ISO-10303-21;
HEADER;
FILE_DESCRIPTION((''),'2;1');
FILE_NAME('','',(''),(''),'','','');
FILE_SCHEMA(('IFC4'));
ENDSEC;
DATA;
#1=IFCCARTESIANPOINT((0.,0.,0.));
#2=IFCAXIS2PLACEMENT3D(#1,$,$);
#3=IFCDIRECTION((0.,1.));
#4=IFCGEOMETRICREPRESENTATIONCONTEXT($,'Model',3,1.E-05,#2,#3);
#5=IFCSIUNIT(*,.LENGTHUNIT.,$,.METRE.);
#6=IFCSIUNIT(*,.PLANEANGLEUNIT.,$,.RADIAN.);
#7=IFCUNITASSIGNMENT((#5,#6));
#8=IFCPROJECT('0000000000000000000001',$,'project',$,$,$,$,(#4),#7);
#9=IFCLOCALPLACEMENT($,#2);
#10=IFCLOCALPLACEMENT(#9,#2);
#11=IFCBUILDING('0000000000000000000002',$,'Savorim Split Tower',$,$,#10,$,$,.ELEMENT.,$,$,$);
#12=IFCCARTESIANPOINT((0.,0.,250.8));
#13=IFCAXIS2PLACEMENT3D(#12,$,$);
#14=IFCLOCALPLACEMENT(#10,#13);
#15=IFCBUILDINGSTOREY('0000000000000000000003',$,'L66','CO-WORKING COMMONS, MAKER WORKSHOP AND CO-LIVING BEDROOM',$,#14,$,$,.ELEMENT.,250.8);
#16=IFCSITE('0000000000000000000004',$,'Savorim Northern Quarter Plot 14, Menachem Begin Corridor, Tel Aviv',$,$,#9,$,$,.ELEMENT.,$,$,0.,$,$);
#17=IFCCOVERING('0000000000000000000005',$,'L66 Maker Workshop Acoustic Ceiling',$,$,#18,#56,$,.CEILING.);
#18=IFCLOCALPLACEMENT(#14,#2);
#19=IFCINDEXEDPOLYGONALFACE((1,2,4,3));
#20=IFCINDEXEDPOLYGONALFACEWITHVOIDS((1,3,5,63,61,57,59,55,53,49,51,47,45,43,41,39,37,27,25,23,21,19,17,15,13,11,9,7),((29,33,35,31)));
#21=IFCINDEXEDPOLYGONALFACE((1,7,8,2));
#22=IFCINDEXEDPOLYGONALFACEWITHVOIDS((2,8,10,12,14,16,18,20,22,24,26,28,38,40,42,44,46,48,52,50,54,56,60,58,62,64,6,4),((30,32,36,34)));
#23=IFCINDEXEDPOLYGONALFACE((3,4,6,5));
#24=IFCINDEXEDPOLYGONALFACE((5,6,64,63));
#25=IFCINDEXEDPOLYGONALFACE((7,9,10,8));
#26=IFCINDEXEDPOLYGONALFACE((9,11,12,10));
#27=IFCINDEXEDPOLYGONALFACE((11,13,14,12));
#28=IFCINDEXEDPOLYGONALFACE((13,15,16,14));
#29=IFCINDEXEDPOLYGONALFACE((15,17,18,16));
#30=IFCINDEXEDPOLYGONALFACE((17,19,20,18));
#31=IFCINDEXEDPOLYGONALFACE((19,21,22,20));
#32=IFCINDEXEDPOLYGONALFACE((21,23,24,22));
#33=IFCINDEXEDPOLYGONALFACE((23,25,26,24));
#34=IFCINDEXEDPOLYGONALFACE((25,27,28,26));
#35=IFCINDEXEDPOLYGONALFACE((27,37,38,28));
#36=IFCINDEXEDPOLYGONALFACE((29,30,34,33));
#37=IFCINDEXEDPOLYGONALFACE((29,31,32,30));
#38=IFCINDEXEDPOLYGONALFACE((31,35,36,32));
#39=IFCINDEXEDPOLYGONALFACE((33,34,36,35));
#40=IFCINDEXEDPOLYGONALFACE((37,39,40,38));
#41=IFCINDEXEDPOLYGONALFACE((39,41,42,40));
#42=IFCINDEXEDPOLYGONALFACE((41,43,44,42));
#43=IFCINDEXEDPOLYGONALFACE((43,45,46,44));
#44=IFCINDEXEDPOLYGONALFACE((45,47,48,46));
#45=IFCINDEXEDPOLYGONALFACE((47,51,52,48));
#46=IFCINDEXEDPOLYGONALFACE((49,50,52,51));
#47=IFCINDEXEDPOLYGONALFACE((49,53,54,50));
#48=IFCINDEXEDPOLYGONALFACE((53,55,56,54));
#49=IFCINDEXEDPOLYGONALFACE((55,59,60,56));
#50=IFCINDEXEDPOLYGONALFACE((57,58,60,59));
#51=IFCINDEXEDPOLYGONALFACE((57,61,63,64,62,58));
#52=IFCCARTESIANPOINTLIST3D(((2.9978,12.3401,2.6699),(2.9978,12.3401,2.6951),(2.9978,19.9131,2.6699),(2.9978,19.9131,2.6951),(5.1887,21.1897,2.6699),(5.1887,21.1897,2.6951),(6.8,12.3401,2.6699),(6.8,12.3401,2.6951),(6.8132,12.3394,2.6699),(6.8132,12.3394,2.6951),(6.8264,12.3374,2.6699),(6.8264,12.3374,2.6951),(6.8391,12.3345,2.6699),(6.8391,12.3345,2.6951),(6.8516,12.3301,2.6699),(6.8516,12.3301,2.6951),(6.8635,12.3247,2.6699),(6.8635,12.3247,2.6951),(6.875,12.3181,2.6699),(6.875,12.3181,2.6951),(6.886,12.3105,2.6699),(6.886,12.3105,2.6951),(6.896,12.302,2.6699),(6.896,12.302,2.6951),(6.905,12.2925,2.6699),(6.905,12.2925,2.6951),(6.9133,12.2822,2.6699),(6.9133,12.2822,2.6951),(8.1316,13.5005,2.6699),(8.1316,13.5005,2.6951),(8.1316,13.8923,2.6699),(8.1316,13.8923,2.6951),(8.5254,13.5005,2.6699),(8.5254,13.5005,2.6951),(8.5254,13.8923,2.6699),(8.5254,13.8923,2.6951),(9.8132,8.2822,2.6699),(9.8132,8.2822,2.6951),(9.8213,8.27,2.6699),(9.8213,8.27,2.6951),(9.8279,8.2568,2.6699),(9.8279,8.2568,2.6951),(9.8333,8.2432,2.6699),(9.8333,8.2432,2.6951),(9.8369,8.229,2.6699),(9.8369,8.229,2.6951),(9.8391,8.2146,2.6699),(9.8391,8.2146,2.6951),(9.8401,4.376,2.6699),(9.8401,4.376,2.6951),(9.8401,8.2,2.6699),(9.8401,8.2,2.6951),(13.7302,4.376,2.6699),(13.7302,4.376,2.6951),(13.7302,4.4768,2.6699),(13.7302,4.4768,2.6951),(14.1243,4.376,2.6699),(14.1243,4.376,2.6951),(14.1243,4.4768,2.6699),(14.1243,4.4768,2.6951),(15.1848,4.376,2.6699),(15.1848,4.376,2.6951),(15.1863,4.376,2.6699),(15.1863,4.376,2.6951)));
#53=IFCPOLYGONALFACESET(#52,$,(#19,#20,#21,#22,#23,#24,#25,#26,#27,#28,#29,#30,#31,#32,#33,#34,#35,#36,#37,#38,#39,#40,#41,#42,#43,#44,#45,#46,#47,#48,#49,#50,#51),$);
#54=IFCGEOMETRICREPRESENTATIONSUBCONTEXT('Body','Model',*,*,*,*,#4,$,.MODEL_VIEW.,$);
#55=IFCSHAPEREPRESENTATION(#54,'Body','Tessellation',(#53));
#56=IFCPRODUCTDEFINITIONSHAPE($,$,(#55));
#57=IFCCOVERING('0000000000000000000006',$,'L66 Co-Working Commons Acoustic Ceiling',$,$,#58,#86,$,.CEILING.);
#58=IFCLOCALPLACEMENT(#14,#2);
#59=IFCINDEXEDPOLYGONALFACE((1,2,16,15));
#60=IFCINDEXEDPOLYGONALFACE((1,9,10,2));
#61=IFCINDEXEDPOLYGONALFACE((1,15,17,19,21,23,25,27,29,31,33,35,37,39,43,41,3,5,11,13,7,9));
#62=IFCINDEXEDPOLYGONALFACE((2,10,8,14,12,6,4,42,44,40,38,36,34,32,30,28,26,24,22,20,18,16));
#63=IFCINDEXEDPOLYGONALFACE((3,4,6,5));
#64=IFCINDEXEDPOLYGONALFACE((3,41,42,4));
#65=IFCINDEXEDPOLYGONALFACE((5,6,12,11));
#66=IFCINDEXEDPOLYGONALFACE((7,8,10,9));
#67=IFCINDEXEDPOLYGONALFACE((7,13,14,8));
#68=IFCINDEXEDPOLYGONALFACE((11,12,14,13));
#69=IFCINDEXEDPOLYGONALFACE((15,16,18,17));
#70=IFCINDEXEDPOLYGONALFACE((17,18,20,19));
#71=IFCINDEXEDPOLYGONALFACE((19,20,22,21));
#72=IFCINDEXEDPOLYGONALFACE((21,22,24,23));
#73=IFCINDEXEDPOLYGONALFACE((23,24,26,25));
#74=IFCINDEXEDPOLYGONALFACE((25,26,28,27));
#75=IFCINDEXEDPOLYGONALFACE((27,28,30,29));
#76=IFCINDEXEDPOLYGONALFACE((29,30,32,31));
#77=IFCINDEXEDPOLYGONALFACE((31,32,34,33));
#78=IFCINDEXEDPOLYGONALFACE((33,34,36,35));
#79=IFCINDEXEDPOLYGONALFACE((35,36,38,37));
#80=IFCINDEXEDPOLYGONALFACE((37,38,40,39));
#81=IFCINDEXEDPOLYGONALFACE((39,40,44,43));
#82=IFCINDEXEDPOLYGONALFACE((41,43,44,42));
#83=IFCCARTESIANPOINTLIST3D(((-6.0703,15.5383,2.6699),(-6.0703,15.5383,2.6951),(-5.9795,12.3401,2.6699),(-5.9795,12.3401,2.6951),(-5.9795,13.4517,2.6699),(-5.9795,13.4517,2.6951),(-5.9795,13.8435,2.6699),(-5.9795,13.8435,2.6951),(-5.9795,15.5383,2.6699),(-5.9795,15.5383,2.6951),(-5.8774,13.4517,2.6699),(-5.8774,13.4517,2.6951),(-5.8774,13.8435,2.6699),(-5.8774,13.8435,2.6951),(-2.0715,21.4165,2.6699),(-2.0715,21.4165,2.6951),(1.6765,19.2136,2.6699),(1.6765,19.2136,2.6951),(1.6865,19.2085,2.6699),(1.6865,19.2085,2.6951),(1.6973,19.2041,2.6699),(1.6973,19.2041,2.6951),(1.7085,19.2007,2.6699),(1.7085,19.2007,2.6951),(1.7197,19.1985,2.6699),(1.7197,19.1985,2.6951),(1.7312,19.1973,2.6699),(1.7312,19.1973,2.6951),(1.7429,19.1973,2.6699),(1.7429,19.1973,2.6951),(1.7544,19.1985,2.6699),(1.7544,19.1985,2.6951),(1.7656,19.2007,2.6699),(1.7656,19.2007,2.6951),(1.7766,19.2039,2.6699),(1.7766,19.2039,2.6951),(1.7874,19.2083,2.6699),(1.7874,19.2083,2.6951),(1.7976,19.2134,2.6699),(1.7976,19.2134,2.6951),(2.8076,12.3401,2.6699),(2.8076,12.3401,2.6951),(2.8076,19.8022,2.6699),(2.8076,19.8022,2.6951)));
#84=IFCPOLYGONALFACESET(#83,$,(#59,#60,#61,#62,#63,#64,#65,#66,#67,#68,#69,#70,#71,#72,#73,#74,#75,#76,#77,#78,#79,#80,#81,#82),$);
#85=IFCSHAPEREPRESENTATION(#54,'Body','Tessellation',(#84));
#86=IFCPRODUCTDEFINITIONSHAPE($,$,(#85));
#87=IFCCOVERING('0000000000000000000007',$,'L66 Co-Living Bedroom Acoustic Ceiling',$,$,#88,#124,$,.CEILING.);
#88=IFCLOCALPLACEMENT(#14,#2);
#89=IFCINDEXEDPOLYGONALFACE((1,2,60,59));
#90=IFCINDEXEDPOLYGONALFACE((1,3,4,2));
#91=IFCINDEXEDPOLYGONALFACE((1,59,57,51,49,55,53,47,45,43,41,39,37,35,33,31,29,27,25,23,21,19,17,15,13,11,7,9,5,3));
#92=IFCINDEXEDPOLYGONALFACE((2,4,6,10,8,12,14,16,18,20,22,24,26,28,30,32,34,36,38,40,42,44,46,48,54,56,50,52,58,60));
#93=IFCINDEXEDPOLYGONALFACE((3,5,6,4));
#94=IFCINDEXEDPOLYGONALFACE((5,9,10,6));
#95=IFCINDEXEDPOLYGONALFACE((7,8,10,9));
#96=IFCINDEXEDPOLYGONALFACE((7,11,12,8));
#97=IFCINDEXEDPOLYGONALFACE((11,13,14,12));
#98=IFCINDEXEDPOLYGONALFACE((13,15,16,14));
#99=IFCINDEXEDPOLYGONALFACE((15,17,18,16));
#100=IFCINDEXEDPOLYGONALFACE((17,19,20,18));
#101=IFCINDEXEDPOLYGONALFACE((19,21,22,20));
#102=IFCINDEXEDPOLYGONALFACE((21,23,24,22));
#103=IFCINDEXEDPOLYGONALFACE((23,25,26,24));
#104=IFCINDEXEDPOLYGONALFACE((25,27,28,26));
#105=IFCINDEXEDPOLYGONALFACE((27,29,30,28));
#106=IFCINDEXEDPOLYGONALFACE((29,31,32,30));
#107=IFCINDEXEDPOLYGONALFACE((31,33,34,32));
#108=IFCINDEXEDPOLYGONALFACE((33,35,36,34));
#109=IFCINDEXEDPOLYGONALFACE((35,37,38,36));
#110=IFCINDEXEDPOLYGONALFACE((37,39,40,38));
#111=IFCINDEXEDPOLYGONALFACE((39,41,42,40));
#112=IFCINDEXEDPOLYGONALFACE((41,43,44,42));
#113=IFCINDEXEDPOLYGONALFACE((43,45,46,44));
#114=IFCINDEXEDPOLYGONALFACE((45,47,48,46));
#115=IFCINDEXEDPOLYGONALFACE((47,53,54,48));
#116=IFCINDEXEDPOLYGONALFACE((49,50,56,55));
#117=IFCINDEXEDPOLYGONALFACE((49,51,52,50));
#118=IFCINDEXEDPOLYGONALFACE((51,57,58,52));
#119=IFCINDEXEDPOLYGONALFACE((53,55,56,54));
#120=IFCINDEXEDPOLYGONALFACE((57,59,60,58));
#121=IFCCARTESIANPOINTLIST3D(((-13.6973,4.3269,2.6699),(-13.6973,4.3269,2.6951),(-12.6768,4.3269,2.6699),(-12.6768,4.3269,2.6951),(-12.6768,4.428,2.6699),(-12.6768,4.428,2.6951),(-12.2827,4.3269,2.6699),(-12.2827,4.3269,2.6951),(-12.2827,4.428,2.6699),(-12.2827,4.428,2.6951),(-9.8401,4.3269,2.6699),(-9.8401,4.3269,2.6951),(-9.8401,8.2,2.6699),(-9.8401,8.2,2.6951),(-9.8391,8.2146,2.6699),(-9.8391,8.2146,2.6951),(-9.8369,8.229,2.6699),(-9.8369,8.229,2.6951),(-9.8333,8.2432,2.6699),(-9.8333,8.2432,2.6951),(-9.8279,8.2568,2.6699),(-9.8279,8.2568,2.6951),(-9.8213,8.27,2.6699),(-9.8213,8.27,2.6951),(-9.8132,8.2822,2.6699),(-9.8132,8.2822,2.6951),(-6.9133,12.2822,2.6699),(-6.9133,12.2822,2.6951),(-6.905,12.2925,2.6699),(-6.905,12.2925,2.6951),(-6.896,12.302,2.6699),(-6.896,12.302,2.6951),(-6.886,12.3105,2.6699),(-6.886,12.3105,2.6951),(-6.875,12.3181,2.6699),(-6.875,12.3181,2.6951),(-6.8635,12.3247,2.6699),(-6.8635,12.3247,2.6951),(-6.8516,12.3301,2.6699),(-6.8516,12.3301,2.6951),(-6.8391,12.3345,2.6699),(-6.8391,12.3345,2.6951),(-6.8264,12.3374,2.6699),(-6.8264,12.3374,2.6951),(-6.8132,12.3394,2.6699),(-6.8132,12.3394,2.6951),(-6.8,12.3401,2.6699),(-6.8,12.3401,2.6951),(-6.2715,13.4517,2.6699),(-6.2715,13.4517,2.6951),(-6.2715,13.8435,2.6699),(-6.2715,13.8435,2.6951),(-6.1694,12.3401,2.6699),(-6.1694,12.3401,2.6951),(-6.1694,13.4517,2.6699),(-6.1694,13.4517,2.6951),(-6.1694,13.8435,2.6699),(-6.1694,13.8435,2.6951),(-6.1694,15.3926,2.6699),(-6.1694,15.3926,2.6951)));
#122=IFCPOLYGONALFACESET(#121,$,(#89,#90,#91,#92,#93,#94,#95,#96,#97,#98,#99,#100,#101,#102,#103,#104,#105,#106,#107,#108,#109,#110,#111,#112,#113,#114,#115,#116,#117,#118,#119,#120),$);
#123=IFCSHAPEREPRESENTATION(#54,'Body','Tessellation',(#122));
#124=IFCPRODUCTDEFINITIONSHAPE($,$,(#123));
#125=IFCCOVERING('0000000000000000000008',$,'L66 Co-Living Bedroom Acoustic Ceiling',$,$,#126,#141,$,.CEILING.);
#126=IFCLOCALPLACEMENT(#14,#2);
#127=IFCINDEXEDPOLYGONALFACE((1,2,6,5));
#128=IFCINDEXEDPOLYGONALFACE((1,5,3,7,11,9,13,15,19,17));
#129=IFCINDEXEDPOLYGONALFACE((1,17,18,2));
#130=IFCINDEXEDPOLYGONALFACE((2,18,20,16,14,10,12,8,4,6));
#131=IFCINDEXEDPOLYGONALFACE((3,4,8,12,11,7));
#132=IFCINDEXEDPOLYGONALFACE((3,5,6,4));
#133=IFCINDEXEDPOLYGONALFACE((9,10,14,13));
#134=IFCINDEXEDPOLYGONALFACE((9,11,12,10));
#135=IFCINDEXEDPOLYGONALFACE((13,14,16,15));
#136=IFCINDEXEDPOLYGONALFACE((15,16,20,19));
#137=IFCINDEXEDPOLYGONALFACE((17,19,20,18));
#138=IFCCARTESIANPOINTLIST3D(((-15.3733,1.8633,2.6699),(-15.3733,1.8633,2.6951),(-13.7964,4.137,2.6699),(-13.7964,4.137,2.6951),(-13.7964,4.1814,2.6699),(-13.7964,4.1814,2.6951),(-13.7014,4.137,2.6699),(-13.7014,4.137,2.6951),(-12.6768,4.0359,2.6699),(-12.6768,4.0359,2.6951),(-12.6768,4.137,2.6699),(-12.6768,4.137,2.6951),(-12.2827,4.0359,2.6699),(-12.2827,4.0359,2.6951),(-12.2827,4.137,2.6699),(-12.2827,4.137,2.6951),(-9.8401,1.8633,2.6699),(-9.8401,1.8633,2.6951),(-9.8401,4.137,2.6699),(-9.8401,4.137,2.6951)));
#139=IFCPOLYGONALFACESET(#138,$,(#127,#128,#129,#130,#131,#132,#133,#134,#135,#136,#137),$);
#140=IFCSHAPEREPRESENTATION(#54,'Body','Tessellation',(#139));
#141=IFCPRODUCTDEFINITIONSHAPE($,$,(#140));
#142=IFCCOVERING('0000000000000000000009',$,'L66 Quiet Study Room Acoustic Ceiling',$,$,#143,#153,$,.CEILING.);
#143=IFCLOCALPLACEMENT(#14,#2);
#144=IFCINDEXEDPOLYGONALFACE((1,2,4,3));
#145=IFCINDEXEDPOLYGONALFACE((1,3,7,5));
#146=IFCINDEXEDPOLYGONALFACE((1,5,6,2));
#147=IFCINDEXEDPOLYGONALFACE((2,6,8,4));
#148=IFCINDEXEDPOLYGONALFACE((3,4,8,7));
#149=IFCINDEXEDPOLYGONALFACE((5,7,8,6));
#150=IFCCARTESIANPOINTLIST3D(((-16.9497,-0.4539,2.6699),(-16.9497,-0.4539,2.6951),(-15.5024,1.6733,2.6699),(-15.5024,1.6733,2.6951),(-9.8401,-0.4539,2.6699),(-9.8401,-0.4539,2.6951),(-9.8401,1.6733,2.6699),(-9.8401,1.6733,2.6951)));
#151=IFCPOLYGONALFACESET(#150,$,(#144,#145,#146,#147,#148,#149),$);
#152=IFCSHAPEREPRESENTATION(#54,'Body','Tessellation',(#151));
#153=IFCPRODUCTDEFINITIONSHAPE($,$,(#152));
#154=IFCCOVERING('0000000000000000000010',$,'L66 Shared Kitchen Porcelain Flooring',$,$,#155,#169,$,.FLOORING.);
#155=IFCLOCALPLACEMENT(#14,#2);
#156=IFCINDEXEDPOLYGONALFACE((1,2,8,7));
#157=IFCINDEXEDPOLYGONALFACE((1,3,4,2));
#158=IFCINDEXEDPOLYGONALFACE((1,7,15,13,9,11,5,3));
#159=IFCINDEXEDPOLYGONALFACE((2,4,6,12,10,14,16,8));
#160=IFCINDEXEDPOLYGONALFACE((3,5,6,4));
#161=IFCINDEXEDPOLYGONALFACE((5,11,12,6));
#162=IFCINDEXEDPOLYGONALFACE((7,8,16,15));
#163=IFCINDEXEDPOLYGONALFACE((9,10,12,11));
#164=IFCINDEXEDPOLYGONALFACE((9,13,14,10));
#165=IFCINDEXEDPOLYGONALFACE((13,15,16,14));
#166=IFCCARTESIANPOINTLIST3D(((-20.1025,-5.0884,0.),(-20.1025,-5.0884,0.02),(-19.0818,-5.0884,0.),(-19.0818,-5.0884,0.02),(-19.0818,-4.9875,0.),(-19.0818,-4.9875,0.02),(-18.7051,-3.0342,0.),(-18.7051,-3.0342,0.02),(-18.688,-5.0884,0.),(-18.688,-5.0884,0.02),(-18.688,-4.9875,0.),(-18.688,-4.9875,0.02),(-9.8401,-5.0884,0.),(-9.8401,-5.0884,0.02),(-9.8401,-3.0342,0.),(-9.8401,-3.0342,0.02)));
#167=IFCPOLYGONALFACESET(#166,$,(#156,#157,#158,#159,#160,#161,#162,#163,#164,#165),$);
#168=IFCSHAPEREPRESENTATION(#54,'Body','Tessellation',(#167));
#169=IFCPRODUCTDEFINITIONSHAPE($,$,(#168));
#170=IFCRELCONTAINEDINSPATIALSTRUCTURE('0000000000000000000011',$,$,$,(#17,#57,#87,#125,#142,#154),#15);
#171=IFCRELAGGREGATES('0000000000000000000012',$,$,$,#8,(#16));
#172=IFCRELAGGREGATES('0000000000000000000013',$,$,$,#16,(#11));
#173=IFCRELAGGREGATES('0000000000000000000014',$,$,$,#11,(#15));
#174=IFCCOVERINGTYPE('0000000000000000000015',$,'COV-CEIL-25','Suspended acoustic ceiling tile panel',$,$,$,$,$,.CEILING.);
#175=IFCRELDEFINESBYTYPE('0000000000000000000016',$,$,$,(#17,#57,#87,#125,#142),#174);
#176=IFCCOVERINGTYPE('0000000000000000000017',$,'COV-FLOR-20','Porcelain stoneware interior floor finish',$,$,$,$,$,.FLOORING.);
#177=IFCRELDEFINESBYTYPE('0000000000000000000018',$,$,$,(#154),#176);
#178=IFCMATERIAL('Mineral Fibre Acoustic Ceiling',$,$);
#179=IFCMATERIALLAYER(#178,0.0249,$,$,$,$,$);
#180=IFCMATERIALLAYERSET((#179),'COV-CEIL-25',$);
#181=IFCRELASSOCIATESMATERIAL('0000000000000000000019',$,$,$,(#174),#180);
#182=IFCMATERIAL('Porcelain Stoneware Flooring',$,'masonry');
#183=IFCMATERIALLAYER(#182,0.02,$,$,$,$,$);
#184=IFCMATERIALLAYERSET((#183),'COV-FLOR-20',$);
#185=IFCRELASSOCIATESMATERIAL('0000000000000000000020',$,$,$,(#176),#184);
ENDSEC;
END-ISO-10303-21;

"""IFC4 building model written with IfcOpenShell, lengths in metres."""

from ifc_helpers import new_model, si_unit, direction, frame, origin, place, context, subcontext, project, spatial, polyline, outline, extrude, material, layer, layer_set, type_object, element, save


model = new_model("IFC4")

# Units and contexts
model_context = context("Model", 3, precision=1e-05, world=origin(), true_north=direction((0.0, 1.0)))
body_context = subcontext(model_context, "Body", "Model", "MODEL_VIEW")
ifc_project = project(units=[si_unit("LENGTHUNIT", "METRE"), si_unit("PLANEANGLEUNIT", "RADIAN")], contexts=[model_context])

# Site, building, storey
site_placement = place(None, origin())
site = spatial("IfcSite", under=ifc_project, at=site_placement, Name="Savorim Northern Quarter Plot 14, Menachem Begin Corridor, Tel Aviv", CompositionType="ELEMENT", RefElevation=0.0)
building_placement = place(site_placement, origin())
building = spatial("IfcBuilding", under=site, at=building_placement, Name="Savorim Split Tower", CompositionType="ELEMENT")
storey_placement = place(building_placement, frame((0.0, 0.0, 250.8)))
storey = spatial("IfcBuildingStorey", under=building, at=storey_placement, Name="L66", Description="CO-WORKING COMMONS, MAKER WORKSHOP AND CO-LIVING BEDROOM", CompositionType="ELEMENT", Elevation=250.8)

# Coverings
ifc_material_1 = material(Name="Mineral Fibre Acoustic Ceiling")
ifc_layer_1 = layer(ifc_material_1, 0.0249)
ifc_layer_set_1 = layer_set([ifc_layer_1], Name="COV-CEIL-25")
covering_type_1 = type_object("IfcCoveringType", Name="COV-CEIL-25", Description="Suspended acoustic ceiling tile panel", PredefinedType="CEILING", material=ifc_layer_set_1)
covering_1_placement = place(storey_placement, frame((0.0, 0.0, 2.6699)))
element("IfcCovering", 1, at=covering_1_placement, inside=storey, type_object=covering_type_1, Name="L66 Maker Workshop Acoustic Ceiling", PredefinedType="CEILING", context=body_context, shape_type="SweptSolid", body=[
    extrude(outline(polyline([(15.1848, 4.376), (15.1863, 4.376), (5.1887, 21.1897), (2.9978, 19.9131), (2.9978, 12.3401), (6.8, 12.3401), (6.8132, 12.3394), (6.8264, 12.3374), (6.8391, 12.3345), (6.8516, 12.3301), (6.8635, 12.3247), (6.875, 12.3181), (6.886, 12.3105), (6.896, 12.302), (6.905, 12.2925), (6.9133, 12.2822), (9.8132, 8.2822), (9.8213, 8.27), (9.8279, 8.2568), (9.8333, 8.2432), (9.8369, 8.229), (9.8391, 8.2146), (9.8401, 8.2), (9.8401, 4.376), (13.7302, 4.376), (13.7302, 4.4768), (14.1243, 4.4768), (14.1243, 4.376), (15.1848, 4.376)]), holes=[polyline([(8.5254, 13.8923), (8.1316, 13.8923), (8.1316, 13.5005), (8.5254, 13.5005), (8.5254, 13.8923)])]), origin(), (0.0, 0.0, 1.0), 0.0251),
])
covering_2_placement = place(storey_placement, frame((0.0, 0.0, 2.6699)))
element("IfcCovering", 2, at=covering_2_placement, inside=storey, type_object=covering_type_1, Name="L66 Co-Working Commons Acoustic Ceiling", PredefinedType="CEILING", context=body_context, shape_type="SweptSolid", body=[
    extrude(outline(polyline([(1.6973, 19.2041), (1.6865, 19.2085), (1.6765, 19.2136), (-2.0715, 21.4165), (-6.0703, 15.5383), (-5.9795, 15.5383), (-5.9795, 13.8435), (-5.8774, 13.8435), (-5.8774, 13.4517), (-5.9795, 13.4517), (-5.9795, 12.3401), (2.8076, 12.3401), (2.8076, 19.8022), (1.7976, 19.2134), (1.7874, 19.2083), (1.7766, 19.2039), (1.7656, 19.2007), (1.7544, 19.1985), (1.7429, 19.1973), (1.7312, 19.1973), (1.7197, 19.1985), (1.7085, 19.2007), (1.6973, 19.2041)])), origin(), (0.0, 0.0, 1.0), 0.0251),
])
covering_3_placement = place(storey_placement, frame((0.0, 0.0, 2.6699)))
element("IfcCovering", 3, at=covering_3_placement, inside=storey, type_object=covering_type_1, Name="L66 Co-Living Bedroom Acoustic Ceiling", PredefinedType="CEILING", context=body_context, shape_type="SweptSolid", body=[
    extrude(outline(polyline([(-6.8132, 12.3394), (-6.8, 12.3401), (-6.1694, 12.3401), (-6.1694, 13.4517), (-6.2715, 13.4517), (-6.2715, 13.8435), (-6.1694, 13.8435), (-6.1694, 15.3926), (-13.6973, 4.3269), (-12.6768, 4.3269), (-12.6768, 4.428), (-12.2827, 4.428), (-12.2827, 4.3269), (-9.8401, 4.3269), (-9.8401, 8.2), (-9.8391, 8.2146), (-9.8369, 8.229), (-9.8333, 8.2432), (-9.8279, 8.2568), (-9.8213, 8.27), (-9.8132, 8.2822), (-6.9133, 12.2822), (-6.905, 12.2925), (-6.896, 12.302), (-6.886, 12.3105), (-6.875, 12.3181), (-6.8635, 12.3247), (-6.8516, 12.3301), (-6.8391, 12.3345), (-6.8264, 12.3374), (-6.8132, 12.3394)])), origin(), (0.0, 0.0, 1.0), 0.0251),
])
covering_4_placement = place(storey_placement, frame((0.0, 0.0, 2.6699)))
element("IfcCovering", 4, at=covering_4_placement, inside=storey, type_object=covering_type_1, Name="L66 Co-Living Bedroom Acoustic Ceiling", PredefinedType="CEILING", context=body_context, shape_type="SweptSolid", body=[
    extrude(outline(polyline([(-12.6768, 4.137), (-13.7014, 4.137), (-13.7964, 4.137), (-13.7964, 4.1814), (-15.3733, 1.8633), (-9.8401, 1.8633), (-9.8401, 4.137), (-12.2827, 4.137), (-12.2827, 4.0359), (-12.6768, 4.0359), (-12.6768, 4.137)])), origin(), (0.0, 0.0, 1.0), 0.0251),
])
covering_5_placement = place(storey_placement, frame((0.0, 0.0, 2.6699)))
element("IfcCovering", 5, at=covering_5_placement, inside=storey, type_object=covering_type_1, Name="L66 Quiet Study Room Acoustic Ceiling", PredefinedType="CEILING", context=body_context, shape_type="SweptSolid", body=[
    extrude(outline(polyline([(-15.5024, 1.6733), (-16.9497, -0.4539), (-9.8401, -0.4539), (-9.8401, 1.6733), (-15.5024, 1.6733)])), origin(), (0.0, 0.0, 1.0), 0.0251),
])
ifc_material_2 = material(Name="Porcelain Stoneware Flooring", Category="masonry")
ifc_layer_2 = layer(ifc_material_2, 0.02)
ifc_layer_set_2 = layer_set([ifc_layer_2], Name="COV-FLOR-20")
covering_type_2 = type_object("IfcCoveringType", Name="COV-FLOR-20", Description="Porcelain stoneware interior floor finish", PredefinedType="FLOORING", material=ifc_layer_set_2)
covering_6_placement = place(storey_placement, origin())
element("IfcCovering", 6, at=covering_6_placement, inside=storey, type_object=covering_type_2, Name="L66 Shared Kitchen Porcelain Flooring", PredefinedType="FLOORING", context=body_context, shape_type="SweptSolid", body=[
    extrude(outline(polyline([(-18.688, -4.9875), (-18.688, -5.0884), (-9.8401, -5.0884), (-9.8401, -3.0342), (-18.7051, -3.0342), (-20.1025, -5.0884), (-19.0818, -5.0884), (-19.0818, -4.9875), (-18.688, -4.9875)])), origin(), (0.0, 0.0, 1.0), 0.02),
])

save(model, "model.ifc")
